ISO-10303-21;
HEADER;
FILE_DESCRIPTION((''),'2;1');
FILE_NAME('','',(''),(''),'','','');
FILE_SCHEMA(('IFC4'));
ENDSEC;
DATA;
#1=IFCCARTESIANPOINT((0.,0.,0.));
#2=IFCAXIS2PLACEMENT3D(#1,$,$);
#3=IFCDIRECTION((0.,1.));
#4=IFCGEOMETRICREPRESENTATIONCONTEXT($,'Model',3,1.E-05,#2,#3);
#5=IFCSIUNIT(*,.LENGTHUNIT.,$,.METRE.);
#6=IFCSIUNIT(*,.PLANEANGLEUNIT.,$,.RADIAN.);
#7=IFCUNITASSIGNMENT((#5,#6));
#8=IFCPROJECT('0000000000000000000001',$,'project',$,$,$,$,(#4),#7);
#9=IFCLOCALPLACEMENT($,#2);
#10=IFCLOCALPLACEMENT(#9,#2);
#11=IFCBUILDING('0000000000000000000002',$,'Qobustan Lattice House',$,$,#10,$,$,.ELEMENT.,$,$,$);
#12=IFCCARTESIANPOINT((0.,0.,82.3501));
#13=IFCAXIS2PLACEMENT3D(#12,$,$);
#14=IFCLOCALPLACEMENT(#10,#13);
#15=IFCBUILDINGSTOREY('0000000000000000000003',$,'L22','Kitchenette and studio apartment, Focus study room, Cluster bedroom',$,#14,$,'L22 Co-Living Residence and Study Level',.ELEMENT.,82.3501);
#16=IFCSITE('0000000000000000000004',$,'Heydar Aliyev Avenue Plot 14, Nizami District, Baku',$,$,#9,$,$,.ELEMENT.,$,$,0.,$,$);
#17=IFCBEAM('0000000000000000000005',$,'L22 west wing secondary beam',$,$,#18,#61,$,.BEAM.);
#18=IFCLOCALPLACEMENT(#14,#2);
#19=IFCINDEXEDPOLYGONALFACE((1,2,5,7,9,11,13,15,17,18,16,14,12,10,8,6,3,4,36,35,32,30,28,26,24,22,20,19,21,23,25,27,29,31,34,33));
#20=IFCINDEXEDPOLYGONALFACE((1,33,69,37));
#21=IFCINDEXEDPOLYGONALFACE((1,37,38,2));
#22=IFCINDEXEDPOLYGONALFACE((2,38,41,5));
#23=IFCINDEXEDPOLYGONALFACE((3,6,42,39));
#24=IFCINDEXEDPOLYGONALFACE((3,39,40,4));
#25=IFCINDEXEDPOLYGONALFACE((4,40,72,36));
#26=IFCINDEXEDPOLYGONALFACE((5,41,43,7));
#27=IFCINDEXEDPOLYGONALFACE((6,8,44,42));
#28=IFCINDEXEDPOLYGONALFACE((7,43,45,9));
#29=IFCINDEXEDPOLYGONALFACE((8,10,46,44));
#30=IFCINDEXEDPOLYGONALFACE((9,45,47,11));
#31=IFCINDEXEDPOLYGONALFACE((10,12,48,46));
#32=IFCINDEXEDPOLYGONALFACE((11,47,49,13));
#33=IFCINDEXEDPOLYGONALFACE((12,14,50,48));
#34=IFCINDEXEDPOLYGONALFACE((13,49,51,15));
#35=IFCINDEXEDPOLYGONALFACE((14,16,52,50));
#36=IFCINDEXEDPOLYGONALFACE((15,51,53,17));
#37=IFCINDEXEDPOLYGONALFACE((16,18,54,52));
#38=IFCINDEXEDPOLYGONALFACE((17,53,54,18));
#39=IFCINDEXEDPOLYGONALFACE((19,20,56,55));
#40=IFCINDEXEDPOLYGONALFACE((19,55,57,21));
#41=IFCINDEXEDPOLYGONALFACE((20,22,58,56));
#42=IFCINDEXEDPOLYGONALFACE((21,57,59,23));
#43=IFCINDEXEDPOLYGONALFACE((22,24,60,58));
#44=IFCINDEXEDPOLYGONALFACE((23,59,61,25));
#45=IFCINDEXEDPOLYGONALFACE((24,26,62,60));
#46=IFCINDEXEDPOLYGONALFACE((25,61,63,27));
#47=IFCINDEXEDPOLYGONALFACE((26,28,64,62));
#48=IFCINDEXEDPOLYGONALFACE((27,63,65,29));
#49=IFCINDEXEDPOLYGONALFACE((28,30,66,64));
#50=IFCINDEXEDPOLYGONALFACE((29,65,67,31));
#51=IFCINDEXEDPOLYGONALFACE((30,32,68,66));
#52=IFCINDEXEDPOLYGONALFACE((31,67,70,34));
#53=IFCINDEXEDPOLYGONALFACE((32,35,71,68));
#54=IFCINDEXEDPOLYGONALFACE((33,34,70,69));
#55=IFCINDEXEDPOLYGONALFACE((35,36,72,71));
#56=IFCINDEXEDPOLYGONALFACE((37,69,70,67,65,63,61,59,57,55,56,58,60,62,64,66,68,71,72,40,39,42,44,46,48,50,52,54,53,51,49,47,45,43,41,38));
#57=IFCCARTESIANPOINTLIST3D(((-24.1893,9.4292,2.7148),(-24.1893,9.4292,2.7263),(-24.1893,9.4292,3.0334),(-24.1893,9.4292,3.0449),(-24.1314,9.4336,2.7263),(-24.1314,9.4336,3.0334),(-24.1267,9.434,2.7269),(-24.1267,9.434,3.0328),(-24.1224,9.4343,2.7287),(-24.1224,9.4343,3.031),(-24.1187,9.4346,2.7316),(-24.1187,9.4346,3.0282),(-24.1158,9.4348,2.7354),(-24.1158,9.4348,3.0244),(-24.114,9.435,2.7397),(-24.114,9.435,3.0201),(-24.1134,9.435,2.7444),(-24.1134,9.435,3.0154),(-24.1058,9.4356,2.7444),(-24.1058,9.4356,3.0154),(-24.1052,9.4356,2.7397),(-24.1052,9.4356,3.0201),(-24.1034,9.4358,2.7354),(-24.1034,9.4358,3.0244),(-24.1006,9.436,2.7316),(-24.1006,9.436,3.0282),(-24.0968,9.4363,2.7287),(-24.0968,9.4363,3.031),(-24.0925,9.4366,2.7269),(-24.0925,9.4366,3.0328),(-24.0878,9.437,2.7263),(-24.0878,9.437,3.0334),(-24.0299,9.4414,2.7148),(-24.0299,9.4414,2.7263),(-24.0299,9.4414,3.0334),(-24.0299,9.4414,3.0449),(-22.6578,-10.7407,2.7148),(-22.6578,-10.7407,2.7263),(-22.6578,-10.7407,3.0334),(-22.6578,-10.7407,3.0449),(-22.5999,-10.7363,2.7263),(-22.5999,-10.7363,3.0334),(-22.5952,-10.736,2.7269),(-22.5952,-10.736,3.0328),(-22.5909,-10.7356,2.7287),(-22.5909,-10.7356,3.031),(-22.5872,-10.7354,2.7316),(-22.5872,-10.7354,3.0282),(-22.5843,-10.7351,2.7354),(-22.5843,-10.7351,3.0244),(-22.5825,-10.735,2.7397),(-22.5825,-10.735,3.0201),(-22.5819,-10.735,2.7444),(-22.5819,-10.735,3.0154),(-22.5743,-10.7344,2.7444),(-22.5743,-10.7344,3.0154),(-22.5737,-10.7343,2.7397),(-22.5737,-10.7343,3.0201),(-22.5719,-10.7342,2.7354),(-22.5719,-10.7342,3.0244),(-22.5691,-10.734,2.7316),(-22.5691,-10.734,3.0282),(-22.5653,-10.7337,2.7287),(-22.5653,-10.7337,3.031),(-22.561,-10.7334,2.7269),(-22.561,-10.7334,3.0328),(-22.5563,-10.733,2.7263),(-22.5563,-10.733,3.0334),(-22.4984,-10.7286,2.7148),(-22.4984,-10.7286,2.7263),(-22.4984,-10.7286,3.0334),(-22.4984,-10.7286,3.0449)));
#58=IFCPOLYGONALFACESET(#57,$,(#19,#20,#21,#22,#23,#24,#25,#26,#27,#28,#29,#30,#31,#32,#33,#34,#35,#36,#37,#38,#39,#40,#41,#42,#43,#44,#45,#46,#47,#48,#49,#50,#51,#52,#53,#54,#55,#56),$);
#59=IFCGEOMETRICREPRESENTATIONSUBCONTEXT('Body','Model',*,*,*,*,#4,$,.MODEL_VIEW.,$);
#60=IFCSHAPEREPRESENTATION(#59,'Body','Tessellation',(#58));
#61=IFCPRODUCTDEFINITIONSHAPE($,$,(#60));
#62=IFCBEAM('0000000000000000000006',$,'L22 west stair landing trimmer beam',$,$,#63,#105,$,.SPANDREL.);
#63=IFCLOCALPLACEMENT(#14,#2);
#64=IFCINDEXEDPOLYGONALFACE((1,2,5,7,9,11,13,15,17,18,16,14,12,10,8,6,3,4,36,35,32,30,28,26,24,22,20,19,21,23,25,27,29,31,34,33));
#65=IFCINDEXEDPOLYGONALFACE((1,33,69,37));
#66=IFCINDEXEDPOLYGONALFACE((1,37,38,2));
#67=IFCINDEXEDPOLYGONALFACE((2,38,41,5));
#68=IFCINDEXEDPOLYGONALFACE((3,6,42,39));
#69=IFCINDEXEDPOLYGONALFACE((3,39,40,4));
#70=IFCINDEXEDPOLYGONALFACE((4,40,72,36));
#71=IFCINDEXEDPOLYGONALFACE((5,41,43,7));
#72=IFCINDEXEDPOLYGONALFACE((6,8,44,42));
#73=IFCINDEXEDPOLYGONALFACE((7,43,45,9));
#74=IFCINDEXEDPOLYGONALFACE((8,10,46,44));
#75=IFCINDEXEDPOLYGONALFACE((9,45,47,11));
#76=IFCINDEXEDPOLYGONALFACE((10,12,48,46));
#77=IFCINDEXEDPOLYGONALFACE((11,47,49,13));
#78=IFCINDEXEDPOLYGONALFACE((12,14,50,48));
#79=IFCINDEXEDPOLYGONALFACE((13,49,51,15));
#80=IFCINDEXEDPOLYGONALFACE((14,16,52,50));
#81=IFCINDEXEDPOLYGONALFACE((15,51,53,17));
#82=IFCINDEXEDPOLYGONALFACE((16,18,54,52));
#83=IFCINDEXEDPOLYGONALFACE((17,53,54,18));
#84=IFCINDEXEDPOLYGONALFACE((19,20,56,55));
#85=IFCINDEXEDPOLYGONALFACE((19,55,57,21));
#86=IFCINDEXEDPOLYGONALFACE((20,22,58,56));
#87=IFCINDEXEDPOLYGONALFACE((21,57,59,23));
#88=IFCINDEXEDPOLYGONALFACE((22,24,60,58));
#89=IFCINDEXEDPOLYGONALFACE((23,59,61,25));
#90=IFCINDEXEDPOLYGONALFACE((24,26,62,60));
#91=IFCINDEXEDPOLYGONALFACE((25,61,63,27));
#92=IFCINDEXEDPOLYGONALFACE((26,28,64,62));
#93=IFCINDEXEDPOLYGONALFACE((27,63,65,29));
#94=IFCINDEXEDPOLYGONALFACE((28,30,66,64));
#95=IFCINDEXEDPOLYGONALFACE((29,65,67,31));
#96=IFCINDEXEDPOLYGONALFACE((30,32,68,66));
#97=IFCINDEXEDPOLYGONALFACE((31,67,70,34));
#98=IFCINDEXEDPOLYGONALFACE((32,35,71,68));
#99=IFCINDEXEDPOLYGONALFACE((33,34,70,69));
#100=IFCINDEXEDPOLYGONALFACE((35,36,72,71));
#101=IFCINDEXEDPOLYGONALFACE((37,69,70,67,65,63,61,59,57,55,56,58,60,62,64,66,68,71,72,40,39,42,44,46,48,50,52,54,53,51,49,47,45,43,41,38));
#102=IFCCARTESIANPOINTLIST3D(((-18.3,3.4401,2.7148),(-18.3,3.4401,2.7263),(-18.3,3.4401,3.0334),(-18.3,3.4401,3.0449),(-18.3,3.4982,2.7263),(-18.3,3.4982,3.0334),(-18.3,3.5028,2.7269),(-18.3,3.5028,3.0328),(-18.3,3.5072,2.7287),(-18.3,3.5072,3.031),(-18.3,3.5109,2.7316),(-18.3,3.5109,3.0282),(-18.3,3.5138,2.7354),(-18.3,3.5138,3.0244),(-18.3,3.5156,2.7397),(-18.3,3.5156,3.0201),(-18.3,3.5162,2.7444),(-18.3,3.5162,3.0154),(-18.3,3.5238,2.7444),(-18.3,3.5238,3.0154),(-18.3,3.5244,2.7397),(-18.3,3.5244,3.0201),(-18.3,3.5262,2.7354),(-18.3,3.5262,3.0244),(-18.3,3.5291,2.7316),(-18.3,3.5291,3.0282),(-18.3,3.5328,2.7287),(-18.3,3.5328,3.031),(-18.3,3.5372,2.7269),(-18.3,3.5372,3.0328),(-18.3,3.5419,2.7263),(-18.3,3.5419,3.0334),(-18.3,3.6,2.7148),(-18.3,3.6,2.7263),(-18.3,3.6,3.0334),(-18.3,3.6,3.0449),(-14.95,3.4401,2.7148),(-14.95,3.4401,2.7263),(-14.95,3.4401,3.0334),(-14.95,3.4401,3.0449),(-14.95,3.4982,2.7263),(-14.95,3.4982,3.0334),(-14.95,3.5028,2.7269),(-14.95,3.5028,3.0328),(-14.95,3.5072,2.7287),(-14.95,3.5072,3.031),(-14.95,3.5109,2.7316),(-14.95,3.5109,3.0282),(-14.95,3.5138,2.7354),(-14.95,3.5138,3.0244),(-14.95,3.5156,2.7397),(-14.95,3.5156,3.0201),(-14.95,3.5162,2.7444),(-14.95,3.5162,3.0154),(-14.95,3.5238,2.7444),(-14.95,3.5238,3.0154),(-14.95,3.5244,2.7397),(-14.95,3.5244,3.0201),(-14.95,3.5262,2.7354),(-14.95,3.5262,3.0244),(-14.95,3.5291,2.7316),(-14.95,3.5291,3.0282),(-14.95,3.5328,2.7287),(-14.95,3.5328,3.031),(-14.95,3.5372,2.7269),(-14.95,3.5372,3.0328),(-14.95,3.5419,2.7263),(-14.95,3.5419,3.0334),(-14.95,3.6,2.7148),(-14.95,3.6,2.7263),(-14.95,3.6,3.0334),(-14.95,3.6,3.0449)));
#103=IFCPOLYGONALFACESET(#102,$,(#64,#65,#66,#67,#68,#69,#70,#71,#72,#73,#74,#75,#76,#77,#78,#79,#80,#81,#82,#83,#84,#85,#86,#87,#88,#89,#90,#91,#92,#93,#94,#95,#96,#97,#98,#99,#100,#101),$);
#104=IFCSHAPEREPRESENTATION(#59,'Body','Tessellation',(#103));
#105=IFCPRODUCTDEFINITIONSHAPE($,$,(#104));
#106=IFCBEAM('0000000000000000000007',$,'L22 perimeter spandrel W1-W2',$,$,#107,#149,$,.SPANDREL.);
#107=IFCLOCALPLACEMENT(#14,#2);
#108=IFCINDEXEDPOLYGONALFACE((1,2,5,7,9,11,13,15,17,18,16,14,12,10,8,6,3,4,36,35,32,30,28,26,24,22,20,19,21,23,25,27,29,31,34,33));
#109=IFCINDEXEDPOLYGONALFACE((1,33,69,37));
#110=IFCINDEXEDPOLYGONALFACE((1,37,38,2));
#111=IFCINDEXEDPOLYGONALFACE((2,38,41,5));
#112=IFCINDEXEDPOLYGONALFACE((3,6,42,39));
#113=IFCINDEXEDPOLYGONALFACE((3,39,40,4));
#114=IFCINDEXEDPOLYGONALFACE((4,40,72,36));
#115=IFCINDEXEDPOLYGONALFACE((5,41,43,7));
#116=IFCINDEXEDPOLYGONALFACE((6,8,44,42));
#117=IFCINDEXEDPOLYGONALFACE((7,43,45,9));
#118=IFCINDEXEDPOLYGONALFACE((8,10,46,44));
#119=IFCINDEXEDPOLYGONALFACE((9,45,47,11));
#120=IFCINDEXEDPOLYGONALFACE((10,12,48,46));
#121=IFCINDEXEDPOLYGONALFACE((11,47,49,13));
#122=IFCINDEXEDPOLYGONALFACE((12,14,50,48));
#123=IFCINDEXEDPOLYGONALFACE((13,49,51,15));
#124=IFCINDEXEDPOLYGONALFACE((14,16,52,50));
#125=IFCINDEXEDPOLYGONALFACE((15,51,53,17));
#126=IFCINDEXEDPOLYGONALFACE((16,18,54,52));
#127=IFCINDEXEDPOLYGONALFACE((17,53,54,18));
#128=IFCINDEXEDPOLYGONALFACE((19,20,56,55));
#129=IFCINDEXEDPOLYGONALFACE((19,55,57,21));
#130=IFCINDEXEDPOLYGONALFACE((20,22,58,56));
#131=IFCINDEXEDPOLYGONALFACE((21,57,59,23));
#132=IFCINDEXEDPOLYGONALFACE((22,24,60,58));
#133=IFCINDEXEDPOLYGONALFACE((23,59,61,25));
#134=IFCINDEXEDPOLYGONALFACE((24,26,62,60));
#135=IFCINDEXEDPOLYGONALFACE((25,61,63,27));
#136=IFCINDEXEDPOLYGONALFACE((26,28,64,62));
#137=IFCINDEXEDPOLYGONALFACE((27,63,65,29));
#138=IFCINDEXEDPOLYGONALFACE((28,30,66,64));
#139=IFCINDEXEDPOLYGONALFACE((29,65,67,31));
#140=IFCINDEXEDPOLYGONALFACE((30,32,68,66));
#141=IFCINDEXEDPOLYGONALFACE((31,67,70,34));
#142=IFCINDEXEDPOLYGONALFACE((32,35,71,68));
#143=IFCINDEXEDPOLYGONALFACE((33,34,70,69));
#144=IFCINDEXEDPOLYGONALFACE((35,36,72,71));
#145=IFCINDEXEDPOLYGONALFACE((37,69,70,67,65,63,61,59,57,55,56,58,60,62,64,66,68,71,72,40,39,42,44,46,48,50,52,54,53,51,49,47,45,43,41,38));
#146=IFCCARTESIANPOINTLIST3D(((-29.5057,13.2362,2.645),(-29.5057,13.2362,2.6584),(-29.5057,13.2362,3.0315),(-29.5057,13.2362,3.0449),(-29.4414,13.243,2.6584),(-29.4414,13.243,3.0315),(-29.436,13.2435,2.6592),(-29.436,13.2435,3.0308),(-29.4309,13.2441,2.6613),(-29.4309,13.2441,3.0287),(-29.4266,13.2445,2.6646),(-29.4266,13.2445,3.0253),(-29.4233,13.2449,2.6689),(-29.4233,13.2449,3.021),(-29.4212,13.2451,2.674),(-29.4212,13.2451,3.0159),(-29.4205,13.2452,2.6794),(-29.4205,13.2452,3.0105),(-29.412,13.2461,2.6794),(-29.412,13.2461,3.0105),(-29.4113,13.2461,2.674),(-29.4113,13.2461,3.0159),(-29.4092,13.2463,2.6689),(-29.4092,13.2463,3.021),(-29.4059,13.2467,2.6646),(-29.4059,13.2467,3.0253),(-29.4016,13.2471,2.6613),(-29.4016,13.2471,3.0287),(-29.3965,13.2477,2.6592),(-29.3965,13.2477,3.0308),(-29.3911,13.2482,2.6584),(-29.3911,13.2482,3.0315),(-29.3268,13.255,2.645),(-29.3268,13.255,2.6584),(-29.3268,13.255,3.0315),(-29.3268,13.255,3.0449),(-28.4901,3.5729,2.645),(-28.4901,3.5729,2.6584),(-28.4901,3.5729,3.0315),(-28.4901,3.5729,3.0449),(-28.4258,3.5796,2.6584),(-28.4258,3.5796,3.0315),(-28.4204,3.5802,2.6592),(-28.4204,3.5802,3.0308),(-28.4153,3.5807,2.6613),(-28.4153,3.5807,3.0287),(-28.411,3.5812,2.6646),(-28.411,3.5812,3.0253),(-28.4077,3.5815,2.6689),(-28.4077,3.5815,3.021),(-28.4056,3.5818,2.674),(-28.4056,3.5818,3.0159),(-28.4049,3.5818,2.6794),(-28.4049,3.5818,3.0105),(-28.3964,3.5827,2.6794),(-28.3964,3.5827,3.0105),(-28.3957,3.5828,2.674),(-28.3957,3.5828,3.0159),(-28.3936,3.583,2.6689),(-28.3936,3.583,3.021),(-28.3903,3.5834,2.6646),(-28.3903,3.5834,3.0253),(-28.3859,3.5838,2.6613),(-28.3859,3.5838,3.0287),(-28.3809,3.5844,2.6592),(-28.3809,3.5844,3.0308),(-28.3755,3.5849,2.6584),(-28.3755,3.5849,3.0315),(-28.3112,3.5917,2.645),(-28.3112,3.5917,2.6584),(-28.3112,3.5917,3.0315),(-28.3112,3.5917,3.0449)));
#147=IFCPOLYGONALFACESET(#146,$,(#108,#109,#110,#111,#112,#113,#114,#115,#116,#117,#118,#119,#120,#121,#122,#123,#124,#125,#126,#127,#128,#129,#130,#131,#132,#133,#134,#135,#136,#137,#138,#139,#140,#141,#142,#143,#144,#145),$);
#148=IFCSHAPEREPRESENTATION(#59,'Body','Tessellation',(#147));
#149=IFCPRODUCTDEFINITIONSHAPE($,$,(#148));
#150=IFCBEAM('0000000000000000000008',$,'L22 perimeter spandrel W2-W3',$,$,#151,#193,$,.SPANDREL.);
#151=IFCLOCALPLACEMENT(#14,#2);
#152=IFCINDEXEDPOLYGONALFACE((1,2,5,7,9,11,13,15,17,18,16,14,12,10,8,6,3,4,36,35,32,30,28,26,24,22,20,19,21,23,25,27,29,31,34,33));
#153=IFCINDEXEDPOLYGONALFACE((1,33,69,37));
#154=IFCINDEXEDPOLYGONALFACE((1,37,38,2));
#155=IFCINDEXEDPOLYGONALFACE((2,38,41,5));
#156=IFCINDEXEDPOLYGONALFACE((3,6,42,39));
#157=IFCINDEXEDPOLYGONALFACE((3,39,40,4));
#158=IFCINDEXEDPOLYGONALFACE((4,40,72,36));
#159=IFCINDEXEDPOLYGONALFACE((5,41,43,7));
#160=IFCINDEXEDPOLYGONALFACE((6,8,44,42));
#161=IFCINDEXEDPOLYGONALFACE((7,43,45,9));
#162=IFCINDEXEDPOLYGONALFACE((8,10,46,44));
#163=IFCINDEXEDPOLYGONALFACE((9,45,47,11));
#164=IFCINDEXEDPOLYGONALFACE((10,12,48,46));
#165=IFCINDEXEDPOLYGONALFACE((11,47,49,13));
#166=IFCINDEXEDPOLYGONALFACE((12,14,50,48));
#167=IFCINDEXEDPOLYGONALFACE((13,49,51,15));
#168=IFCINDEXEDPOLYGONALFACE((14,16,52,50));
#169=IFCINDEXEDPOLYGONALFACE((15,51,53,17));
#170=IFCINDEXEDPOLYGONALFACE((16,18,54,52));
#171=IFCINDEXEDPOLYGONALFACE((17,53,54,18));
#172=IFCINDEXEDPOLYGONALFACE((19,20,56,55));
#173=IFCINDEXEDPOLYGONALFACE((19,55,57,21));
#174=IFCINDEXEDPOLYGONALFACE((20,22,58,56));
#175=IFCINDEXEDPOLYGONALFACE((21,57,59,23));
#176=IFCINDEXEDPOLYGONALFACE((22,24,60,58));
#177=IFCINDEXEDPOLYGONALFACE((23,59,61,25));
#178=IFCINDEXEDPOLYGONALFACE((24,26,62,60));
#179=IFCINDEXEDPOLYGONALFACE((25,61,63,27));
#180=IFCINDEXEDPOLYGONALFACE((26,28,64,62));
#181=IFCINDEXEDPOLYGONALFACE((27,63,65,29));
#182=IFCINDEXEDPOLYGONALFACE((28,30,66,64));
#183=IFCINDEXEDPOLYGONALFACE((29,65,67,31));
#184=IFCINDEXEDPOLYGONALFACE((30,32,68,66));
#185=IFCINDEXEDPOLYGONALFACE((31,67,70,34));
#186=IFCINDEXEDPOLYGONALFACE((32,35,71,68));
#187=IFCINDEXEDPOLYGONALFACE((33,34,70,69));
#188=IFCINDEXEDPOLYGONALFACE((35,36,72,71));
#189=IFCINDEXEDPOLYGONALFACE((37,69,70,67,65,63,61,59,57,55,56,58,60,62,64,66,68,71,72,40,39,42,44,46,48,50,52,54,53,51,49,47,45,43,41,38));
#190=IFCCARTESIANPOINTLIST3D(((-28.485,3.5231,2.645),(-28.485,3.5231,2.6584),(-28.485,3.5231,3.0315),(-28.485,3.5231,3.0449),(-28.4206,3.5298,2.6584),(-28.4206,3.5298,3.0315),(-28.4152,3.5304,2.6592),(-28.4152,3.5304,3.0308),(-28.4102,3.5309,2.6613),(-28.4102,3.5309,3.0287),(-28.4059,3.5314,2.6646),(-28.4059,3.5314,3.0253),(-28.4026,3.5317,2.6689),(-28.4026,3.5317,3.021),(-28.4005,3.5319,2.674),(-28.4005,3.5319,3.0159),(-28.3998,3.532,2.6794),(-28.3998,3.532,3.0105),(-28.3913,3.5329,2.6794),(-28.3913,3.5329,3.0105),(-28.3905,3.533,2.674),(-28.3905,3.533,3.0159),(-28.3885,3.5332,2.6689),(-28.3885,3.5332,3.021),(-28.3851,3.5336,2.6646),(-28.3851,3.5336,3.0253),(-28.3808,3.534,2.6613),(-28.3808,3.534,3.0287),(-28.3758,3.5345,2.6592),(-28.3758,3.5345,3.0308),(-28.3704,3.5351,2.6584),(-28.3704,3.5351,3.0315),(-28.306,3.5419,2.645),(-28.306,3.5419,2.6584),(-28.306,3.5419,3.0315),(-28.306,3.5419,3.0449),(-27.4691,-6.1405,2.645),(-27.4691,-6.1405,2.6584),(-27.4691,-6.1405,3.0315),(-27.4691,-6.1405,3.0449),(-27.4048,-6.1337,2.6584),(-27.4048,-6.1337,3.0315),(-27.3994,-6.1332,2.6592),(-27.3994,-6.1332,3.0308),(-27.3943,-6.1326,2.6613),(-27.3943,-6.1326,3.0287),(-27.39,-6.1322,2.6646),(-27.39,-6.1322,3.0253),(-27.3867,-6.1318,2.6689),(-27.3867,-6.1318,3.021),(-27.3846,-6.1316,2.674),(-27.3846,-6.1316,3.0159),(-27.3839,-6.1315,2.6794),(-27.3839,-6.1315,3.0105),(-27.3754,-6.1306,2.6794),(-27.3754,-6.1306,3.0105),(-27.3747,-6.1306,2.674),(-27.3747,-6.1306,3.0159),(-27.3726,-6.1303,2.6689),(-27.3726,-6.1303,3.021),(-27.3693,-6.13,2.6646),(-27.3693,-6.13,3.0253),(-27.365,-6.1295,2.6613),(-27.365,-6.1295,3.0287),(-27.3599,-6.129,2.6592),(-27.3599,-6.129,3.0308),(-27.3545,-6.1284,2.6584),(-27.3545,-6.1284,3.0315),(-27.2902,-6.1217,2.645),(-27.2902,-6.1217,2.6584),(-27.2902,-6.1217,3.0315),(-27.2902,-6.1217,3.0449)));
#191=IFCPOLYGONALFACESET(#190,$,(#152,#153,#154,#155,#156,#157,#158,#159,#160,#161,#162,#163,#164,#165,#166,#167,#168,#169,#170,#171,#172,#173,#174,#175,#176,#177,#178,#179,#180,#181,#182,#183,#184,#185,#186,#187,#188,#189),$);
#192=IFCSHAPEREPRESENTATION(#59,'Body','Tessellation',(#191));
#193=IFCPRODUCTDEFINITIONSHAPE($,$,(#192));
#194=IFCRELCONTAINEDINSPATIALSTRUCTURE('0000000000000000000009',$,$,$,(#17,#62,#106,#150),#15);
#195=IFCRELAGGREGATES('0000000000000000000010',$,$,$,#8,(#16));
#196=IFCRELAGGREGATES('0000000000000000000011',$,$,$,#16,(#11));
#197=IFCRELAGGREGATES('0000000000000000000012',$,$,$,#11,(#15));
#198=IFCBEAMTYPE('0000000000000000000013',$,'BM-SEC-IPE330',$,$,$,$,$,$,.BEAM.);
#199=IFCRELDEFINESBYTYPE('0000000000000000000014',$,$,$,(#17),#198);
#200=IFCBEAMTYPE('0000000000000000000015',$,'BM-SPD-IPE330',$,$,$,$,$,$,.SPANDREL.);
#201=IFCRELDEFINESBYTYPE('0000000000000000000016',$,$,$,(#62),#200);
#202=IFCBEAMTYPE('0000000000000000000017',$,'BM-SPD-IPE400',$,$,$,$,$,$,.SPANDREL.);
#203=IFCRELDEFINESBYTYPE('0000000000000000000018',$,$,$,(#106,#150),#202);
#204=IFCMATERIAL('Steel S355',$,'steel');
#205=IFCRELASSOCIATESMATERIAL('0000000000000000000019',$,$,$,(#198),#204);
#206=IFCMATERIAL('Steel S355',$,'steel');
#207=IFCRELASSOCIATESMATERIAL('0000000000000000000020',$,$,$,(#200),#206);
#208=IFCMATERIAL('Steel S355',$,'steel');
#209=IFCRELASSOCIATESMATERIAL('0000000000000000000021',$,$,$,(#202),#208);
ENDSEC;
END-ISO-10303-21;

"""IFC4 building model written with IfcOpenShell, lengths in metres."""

from ifc_helpers import new_model, si_unit, direction, frame, origin, origin_2d, place, context, subcontext, project, spatial, i_section, extrude, material, material_profile, profile_set, type_object, element, save


model = new_model("IFC4")

# Units and contexts
model_context = context("Model", 3, precision=1e-05, world=origin(), true_north=direction((0.0, 1.0)))
body_context = subcontext(model_context, "Body", "Model", "MODEL_VIEW")
ifc_project = project(units=[si_unit("LENGTHUNIT", "METRE"), si_unit("PLANEANGLEUNIT", "RADIAN")], contexts=[model_context])

# Site, building, storey
site_placement = place(None, origin())
site = spatial("IfcSite", under=ifc_project, at=site_placement, Name="Heydar Aliyev Avenue Plot 14, Nizami District, Baku", CompositionType="ELEMENT", RefElevation=0.0)
building_placement = place(site_placement, origin())
building = spatial("IfcBuilding", under=site, at=building_placement, Name="Qobustan Lattice House", CompositionType="ELEMENT")
storey_placement = place(building_placement, frame((0.0, 0.0, 82.3501)))
storey = spatial("IfcBuildingStorey", under=building, at=storey_placement, Name="L22", Description="Kitchenette and studio apartment, Focus study room, Cluster bedroom", LongName="L22 Co-Living Residence and Study Level", CompositionType="ELEMENT", Elevation=82.3501)

# Beams
ifc_material_1 = material(Name="Steel S355", Category="steel")
ifc_material_profile_1 = material_profile(ifc_material_1, i_section(OverallWidth=0.1599, OverallDepth=0.3301, WebThickness=0.0076, FlangeThickness=0.0115, FilletRadius=0.0181, at=origin_2d()), Name="IPE330")
ifc_profile_set_1 = profile_set([ifc_material_profile_1], Name="Steel S355")
beam_type_1 = type_object("IfcBeamType", Name="BM-SEC-IPE330", PredefinedType="BEAM", material=ifc_profile_set_1)
beam_1_placement = place(storey_placement, frame((-24.1096, 9.4353, 2.8799), z_axis=(0.075712, -0.99713, 0.0), x_axis=(0.99713, 0.075712, 0.0)))
element("IfcBeam", 1, at=beam_1_placement, inside=storey, type_object=beam_type_1, Name="L22 west wing secondary beam", PredefinedType="BEAM", context=body_context, shape_type="SweptSolid", body=[
    extrude(i_section(OverallWidth=0.1599, OverallDepth=0.3301, WebThickness=0.0076, FlangeThickness=0.0115, FilletRadius=0.0181, at=origin_2d()), origin(), (0.0, 0.0, 1.0), 20.228),
])
ifc_material_2 = material(Name="Steel S355", Category="steel")
ifc_material_profile_2 = material_profile(ifc_material_2, i_section(OverallWidth=0.1599, OverallDepth=0.3301, WebThickness=0.0076, FlangeThickness=0.0115, FilletRadius=0.0181, at=origin_2d()), Name="IPE330")
ifc_profile_set_2 = profile_set([ifc_material_profile_2], Name="Steel S355")
beam_type_2 = type_object("IfcBeamType", Name="BM-SPD-IPE330", PredefinedType="SPANDREL", material=ifc_profile_set_2)
beam_2_placement = place(storey_placement, frame((-18.3, 3.52, 2.8799), z_axis=(1.0, 0.0, 0.0), x_axis=(0.0, 1.0, 0.0)))
element("IfcBeam", 2, at=beam_2_placement, inside=storey, type_object=beam_type_2, Name="L22 west stair landing trimmer beam", PredefinedType="SPANDREL", context=body_context, shape_type="SweptSolid", body=[
    extrude(i_section(OverallWidth=0.1599, OverallDepth=0.3301, WebThickness=0.0076, FlangeThickness=0.0115, FilletRadius=0.0181, at=origin_2d()), origin(), (0.0, 0.0, 1.0), 3.3501),
])
ifc_material_3 = material(Name="Steel S355", Category="steel")
ifc_material_profile_3 = material_profile(ifc_material_3, i_section(OverallWidth=0.1799, OverallDepth=0.3999, WebThickness=0.0085, FlangeThickness=0.0134, FilletRadius=0.021, at=origin_2d()), Name="IPE400")
ifc_profile_set_3 = profile_set([ifc_material_profile_3], Name="Steel S355")
beam_type_3 = type_object("IfcBeamType", Name="BM-SPD-IPE400", PredefinedType="SPANDREL", material=ifc_profile_set_3)
beam_3_placement = place(storey_placement, frame((-29.4163, 13.2456, 2.845), z_axis=(0.104525, -0.994522, 0.0), x_axis=(0.994522, 0.104525, 0.0)))
element("IfcBeam", 3, at=beam_3_placement, inside=storey, type_object=beam_type_3, Name="L22 perimeter spandrel W1-W2", PredefinedType="SPANDREL", context=body_context, shape_type="SweptSolid", body=[
    extrude(i_section(OverallWidth=0.1799, OverallDepth=0.3999, WebThickness=0.0085, FlangeThickness=0.0134, FilletRadius=0.021, at=origin_2d()), origin(), (0.0, 0.0, 1.0), 9.7166),
])
beam_4_placement = place(storey_placement, frame((-28.3955, 3.5325, 2.845), z_axis=(0.104547, -0.99452, 0.0), x_axis=(0.99452, 0.104547, 0.0)))
element("IfcBeam", 4, at=beam_4_placement, inside=storey, type_object=beam_type_3, Name="L22 perimeter spandrel W2-W3", PredefinedType="SPANDREL", context=body_context, shape_type="SweptSolid", body=[
    extrude(i_section(OverallWidth=0.1799, OverallDepth=0.3999, WebThickness=0.0085, FlangeThickness=0.0134, FilletRadius=0.021, at=origin_2d()), origin(), (0.0, 0.0, 1.0), 9.7168),
])

save(model, "model.ifc")
